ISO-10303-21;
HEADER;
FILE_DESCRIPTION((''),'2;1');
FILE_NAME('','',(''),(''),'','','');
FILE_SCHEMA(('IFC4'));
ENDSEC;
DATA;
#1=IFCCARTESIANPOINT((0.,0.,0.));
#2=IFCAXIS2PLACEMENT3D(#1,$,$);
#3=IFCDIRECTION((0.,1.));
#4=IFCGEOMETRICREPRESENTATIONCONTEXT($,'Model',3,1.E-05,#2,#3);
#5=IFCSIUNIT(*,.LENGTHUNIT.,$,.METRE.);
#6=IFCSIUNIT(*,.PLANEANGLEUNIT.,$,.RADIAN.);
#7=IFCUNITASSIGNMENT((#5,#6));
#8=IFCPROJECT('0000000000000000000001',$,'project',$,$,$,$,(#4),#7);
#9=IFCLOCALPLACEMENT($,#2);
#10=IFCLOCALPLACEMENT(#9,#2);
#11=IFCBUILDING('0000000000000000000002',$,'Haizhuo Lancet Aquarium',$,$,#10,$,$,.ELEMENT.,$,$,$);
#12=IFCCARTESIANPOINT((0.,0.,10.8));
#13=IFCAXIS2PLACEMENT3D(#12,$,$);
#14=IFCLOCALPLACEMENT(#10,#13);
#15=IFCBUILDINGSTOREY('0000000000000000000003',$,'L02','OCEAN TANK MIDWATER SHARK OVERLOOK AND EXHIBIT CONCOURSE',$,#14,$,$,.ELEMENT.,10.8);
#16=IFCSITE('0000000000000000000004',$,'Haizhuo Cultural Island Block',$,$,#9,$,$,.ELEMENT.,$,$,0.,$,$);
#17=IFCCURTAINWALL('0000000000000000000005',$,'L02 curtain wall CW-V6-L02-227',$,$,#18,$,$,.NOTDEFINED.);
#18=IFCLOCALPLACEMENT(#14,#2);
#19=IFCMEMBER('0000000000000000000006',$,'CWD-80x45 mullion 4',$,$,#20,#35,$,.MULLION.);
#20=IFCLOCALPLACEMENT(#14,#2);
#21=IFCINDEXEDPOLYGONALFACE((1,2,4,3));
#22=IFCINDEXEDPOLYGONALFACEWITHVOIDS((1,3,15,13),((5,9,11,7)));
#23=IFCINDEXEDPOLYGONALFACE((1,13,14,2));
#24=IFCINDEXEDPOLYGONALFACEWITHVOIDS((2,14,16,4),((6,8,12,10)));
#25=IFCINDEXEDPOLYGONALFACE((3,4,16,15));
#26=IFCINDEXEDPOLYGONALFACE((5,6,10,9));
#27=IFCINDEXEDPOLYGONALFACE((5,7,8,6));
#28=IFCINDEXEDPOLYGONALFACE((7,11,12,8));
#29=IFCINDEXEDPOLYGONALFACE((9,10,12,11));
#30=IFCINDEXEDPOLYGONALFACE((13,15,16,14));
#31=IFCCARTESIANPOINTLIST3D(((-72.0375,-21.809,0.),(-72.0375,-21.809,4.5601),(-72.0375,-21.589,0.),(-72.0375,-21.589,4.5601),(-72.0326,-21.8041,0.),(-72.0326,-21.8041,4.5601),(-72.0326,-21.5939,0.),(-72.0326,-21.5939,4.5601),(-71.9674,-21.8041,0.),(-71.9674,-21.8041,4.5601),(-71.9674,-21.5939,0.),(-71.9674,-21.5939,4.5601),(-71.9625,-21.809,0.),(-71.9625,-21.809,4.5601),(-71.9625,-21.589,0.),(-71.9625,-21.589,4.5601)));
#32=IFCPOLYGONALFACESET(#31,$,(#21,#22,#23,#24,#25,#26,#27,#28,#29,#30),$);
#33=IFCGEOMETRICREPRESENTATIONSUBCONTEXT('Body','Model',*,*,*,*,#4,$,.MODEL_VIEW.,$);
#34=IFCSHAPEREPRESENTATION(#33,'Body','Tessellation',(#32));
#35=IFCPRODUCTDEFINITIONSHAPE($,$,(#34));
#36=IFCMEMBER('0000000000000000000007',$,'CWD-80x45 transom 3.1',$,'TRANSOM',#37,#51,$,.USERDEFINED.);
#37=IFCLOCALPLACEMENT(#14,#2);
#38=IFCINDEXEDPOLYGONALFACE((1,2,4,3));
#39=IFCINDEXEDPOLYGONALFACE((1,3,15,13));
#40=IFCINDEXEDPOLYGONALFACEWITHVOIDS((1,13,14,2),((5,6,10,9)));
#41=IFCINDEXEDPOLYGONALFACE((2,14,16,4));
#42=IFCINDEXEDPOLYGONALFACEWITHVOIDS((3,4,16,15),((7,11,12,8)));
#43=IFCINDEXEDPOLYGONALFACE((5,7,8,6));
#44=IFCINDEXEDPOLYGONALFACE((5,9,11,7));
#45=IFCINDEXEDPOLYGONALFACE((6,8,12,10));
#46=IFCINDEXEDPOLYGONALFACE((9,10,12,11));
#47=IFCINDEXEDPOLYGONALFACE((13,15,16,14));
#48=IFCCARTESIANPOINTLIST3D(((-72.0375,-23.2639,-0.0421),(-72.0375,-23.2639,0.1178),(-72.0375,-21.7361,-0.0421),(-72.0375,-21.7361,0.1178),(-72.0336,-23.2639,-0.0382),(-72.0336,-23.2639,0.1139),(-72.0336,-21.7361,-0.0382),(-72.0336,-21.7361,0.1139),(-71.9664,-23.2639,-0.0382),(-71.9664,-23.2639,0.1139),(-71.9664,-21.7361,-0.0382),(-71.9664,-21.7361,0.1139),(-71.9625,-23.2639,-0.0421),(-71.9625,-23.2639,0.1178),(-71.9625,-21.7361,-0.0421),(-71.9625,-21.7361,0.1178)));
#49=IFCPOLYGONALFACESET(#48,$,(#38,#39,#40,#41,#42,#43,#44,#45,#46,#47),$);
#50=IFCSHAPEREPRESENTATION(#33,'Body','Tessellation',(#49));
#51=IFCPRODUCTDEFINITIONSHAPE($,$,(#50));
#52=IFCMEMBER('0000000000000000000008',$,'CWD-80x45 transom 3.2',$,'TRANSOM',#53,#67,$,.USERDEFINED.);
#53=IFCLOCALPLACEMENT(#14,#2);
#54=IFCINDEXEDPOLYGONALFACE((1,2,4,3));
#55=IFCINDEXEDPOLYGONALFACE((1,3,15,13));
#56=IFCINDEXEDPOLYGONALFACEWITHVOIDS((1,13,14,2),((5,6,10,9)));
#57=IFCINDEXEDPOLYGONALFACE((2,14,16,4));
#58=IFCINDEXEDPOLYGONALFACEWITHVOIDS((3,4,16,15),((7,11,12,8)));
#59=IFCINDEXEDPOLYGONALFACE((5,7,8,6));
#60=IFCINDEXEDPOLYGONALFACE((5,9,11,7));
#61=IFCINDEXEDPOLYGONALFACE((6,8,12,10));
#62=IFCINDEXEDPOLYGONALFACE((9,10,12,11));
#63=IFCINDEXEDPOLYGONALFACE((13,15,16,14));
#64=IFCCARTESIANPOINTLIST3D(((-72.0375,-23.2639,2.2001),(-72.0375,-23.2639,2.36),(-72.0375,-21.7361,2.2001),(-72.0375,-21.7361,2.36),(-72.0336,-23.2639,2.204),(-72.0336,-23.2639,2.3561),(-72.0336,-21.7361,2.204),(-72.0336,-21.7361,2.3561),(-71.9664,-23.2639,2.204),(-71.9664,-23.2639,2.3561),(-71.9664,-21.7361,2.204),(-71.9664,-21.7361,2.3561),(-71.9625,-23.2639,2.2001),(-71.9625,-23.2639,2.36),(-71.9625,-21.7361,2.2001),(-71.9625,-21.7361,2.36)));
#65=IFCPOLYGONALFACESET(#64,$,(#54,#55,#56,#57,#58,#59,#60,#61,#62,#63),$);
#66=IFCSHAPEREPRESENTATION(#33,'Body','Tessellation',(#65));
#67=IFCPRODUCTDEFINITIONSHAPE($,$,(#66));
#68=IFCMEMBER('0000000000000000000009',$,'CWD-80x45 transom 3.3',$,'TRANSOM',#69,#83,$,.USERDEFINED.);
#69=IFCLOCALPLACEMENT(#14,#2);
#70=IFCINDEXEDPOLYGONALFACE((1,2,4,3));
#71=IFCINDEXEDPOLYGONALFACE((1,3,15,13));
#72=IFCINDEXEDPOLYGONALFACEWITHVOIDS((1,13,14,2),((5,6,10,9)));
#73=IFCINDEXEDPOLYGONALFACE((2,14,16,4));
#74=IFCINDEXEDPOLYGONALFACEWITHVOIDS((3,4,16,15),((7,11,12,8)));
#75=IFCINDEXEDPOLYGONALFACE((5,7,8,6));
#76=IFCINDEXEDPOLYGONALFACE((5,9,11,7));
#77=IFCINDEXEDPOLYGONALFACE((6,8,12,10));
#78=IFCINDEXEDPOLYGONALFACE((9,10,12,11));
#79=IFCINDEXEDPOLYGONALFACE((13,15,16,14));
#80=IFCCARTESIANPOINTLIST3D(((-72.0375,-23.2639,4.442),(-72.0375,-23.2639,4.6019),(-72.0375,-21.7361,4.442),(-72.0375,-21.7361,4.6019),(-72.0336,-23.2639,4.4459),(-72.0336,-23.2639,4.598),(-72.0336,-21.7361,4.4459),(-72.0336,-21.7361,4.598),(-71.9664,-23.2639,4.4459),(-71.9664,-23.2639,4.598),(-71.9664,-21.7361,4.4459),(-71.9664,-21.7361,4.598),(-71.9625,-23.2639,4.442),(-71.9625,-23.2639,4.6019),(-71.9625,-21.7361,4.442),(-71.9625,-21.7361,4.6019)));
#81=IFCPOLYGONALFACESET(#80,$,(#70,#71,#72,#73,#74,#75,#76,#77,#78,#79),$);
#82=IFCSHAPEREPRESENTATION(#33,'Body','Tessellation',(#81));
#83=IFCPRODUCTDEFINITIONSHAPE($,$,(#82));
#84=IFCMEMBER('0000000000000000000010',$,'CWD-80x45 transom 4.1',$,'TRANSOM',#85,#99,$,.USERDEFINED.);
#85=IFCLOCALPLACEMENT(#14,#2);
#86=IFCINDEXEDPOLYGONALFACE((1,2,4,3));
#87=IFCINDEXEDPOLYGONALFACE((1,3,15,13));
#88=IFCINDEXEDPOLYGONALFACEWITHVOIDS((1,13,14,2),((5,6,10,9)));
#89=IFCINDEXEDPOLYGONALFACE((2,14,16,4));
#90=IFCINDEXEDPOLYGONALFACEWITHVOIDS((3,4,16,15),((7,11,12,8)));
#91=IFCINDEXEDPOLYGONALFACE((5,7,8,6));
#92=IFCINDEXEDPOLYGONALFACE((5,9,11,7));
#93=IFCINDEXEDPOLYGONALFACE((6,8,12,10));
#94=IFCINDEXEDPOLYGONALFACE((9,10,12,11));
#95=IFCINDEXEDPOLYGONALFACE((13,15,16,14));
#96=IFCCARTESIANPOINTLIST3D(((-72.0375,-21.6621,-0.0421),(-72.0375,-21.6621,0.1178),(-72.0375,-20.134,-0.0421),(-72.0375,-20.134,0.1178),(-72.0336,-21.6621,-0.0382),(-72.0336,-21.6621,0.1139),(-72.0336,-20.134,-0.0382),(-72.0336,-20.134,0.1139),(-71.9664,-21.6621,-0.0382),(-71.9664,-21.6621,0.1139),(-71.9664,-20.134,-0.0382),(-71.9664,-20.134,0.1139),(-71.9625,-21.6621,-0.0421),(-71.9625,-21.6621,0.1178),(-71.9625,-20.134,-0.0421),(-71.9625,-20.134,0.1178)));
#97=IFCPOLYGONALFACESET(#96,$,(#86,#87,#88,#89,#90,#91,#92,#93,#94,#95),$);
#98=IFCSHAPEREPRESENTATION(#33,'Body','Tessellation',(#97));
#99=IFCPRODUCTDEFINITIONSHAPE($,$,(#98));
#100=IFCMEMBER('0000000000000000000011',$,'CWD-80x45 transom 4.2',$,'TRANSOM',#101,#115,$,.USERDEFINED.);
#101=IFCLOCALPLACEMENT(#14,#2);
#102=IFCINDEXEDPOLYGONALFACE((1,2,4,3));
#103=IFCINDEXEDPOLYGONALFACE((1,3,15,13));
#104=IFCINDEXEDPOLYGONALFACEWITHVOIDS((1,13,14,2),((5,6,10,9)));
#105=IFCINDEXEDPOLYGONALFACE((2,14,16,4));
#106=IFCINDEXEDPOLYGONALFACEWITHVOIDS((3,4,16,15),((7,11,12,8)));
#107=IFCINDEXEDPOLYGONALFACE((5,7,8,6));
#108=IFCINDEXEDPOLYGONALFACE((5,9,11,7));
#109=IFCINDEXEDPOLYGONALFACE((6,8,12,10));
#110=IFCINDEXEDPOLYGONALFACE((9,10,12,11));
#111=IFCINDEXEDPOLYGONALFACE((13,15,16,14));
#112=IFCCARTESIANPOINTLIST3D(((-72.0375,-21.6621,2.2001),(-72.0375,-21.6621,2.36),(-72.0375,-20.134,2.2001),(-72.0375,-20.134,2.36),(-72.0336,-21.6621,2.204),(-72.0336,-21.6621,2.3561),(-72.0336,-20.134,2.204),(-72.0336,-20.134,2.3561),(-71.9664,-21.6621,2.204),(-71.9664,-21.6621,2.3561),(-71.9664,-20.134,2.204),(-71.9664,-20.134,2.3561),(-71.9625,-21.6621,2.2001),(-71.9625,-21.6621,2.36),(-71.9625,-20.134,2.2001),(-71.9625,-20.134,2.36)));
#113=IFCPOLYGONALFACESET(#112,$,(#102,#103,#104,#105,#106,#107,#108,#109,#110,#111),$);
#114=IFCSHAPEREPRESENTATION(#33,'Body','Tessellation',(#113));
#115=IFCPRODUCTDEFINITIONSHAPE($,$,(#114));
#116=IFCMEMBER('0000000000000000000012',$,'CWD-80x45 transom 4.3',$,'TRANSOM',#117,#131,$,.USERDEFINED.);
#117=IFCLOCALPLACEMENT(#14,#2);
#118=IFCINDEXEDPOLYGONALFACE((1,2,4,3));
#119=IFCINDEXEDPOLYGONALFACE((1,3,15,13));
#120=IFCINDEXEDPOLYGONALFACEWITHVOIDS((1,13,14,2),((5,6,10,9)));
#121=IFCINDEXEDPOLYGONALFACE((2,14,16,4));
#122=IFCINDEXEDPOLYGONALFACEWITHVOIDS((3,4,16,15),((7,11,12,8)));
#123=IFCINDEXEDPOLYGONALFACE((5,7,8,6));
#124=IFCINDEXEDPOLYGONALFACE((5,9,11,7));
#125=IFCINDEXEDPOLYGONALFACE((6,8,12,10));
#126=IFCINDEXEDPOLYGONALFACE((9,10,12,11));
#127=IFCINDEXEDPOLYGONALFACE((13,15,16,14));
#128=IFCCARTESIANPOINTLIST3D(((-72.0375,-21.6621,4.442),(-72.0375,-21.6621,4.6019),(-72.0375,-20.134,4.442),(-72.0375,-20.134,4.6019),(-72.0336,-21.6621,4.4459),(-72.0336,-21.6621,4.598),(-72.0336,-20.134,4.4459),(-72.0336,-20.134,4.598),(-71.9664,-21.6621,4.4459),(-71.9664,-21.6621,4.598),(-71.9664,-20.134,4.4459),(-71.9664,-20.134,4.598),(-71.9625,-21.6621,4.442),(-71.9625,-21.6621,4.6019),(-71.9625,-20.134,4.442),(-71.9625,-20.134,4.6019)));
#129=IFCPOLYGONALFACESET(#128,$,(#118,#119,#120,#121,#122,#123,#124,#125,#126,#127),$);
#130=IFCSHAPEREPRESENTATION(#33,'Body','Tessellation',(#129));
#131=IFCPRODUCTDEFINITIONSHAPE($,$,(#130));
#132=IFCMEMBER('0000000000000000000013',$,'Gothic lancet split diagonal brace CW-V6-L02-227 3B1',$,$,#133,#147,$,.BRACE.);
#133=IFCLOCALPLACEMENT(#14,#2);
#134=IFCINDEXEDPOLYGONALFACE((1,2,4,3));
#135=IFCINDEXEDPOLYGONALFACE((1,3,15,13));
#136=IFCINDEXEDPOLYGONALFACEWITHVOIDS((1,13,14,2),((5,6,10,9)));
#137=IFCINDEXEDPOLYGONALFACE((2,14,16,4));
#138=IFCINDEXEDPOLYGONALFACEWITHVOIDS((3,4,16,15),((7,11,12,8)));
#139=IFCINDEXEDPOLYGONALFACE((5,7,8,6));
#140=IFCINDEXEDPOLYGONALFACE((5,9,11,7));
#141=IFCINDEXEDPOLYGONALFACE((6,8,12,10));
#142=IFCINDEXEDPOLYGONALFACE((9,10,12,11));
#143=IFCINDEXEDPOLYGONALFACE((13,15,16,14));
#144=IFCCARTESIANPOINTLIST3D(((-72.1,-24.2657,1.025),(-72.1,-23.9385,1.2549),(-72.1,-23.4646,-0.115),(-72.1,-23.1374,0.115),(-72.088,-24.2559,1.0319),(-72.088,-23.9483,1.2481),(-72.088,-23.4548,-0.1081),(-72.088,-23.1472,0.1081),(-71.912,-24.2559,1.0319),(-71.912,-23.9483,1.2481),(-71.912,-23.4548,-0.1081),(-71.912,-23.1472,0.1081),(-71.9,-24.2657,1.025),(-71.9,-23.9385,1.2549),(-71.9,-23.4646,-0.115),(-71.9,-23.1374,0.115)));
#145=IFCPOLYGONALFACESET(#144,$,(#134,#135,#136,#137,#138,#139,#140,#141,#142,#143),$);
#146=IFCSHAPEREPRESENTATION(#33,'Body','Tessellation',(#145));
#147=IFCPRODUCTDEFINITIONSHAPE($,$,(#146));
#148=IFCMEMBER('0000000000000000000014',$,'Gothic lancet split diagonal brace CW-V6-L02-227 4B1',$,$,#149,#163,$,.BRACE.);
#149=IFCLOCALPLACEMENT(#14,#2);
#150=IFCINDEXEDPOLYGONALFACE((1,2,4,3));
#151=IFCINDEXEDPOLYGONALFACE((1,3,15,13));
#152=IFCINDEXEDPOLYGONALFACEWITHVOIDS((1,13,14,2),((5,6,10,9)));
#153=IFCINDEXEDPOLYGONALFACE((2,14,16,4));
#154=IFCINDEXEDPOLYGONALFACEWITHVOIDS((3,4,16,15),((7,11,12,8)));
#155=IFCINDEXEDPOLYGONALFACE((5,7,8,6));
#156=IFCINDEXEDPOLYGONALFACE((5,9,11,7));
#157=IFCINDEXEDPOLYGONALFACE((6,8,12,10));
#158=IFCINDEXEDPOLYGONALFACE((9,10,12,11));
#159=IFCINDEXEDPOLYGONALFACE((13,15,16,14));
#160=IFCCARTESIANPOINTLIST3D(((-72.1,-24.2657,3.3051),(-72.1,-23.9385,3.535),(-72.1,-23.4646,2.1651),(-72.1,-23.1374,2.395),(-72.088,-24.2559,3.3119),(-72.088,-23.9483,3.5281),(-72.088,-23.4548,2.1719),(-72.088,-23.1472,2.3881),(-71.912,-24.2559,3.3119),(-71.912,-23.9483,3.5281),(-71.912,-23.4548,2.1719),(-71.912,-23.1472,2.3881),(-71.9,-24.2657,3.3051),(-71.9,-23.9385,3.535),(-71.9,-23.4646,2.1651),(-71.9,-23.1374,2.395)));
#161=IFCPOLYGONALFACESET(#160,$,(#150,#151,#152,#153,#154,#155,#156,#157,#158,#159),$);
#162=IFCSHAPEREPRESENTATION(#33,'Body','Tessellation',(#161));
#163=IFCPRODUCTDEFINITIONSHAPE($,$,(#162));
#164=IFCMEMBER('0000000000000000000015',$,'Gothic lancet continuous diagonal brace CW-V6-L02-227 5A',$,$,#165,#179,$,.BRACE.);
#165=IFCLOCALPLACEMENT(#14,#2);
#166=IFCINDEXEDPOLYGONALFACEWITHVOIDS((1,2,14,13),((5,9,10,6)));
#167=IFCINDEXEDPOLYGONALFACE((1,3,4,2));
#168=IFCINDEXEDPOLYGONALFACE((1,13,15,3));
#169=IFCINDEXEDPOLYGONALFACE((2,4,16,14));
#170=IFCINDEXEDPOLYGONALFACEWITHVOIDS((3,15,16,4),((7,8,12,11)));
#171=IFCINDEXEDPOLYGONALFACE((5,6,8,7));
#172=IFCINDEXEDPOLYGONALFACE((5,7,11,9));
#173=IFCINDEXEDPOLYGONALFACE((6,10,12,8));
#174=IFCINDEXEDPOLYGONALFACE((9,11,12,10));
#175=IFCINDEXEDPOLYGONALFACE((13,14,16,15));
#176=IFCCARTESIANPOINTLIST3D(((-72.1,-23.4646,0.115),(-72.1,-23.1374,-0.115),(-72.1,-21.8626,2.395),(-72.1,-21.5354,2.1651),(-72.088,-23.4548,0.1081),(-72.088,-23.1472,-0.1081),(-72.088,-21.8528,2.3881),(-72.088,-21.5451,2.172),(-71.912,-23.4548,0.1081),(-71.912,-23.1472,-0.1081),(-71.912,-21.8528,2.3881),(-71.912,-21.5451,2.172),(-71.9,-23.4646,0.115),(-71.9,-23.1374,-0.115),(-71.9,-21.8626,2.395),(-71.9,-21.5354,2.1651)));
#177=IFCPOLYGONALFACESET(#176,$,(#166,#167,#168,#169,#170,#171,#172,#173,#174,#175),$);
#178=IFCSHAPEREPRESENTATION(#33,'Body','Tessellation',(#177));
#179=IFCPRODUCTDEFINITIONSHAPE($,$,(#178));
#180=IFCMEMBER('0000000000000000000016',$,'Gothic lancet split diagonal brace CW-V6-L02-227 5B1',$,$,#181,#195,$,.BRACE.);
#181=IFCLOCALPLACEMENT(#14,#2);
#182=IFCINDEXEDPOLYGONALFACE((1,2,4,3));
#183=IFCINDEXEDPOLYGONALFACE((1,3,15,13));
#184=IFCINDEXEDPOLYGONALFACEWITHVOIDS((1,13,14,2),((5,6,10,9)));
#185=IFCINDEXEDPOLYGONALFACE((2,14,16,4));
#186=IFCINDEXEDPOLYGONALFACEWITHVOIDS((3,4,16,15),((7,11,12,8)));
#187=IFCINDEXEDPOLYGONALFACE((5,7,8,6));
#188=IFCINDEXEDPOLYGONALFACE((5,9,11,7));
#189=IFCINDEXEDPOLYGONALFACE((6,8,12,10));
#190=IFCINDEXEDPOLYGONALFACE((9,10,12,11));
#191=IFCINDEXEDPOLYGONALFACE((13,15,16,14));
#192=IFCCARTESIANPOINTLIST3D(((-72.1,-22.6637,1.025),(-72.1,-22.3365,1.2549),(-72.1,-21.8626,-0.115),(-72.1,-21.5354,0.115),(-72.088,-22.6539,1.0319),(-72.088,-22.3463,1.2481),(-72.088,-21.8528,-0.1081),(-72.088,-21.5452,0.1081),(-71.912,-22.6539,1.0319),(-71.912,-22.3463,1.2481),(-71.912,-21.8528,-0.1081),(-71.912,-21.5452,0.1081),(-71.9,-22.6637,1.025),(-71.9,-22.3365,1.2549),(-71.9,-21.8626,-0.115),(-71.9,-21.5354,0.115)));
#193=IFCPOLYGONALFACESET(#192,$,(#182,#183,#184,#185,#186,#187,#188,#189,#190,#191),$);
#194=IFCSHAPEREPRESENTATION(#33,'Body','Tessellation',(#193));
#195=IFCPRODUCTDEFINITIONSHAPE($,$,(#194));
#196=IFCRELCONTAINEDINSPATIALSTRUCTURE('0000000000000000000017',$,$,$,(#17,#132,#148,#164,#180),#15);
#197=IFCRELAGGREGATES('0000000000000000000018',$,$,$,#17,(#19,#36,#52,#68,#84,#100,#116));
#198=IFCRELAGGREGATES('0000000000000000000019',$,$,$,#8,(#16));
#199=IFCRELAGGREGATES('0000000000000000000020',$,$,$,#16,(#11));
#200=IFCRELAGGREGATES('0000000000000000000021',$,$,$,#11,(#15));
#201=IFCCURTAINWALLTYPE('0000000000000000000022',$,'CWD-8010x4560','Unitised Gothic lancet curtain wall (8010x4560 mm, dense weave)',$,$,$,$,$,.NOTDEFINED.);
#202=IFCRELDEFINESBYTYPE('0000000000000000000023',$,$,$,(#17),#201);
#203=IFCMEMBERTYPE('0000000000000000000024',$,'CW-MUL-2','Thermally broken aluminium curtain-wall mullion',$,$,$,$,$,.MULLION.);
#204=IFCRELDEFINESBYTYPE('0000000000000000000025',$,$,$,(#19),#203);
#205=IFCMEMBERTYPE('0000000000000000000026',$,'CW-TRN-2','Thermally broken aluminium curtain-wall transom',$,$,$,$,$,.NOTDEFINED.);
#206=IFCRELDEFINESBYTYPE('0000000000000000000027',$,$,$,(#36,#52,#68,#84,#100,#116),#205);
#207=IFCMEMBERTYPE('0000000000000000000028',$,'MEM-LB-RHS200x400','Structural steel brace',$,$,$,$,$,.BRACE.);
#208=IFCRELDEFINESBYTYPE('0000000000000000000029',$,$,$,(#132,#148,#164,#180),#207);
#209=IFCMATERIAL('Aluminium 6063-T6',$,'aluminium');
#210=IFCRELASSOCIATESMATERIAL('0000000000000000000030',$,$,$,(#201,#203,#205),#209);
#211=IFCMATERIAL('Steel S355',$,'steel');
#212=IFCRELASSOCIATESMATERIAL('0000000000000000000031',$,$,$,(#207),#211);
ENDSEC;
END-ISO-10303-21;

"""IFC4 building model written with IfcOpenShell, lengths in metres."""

from ifc_helpers import new_model, si_unit, direction, frame, origin, origin_2d, place, context, subcontext, project, spatial, hollow_rectangle, extrude, material, material_profile, profile_set, type_object, element, aggregate, save


model = new_model("IFC4")

# Units and contexts
model_context = context("Model", 3, precision=1e-05, world=origin(), true_north=direction((0.0, 1.0)))
body_context = subcontext(model_context, "Body", "Model", "MODEL_VIEW")
ifc_project = project(units=[si_unit("LENGTHUNIT", "METRE"), si_unit("PLANEANGLEUNIT", "RADIAN")], contexts=[model_context])

# Site, building, storey
site_placement = place(None, origin())
site = spatial("IfcSite", under=ifc_project, at=site_placement, Name="Haizhuo Cultural Island Block", CompositionType="ELEMENT", RefElevation=0.0)
building_placement = place(site_placement, origin())
building = spatial("IfcBuilding", under=site, at=building_placement, Name="Haizhuo Lancet Aquarium", CompositionType="ELEMENT")
storey_placement = place(building_placement, frame((0.0, 0.0, 10.8)))
storey = spatial("IfcBuildingStorey", under=building, at=storey_placement, Name="L02", Description="OCEAN TANK MIDWATER SHARK OVERLOOK AND EXHIBIT CONCOURSE", CompositionType="ELEMENT", Elevation=10.8)

# Curtain wall, members
ifc_material_1 = material(Name="Aluminium 6063-T6", Category="aluminium")
curtain_wall_type = type_object("IfcCurtainWallType", Name="CWD-8010x4560", Description="Unitised Gothic lancet curtain wall (8010x4560 mm, dense weave)", PredefinedType="NOTDEFINED", material=ifc_material_1)
curtain_wall_placement = place(storey_placement, origin())
curtain_wall = element("IfcCurtainWall", 1, at=curtain_wall_placement, inside=storey, type_object=curtain_wall_type, Name="L02 curtain wall CW-V6-L02-227", PredefinedType="NOTDEFINED")
ifc_material_profile_1 = material_profile(ifc_material_1, hollow_rectangle(XDim=0.075, YDim=0.22, WallThickness=0.0049, at=origin_2d()), Name="ALU-M 75x220x5")
ifc_profile_set_1 = profile_set([ifc_material_profile_1], Name="Aluminium 6063-T6")
member_type_1 = type_object("IfcMemberType", Name="CW-MUL-2", Description="Thermally broken aluminium curtain-wall mullion", PredefinedType="MULLION", material=ifc_profile_set_1)
member_1_placement = place(storey_placement, frame((-72.0, -21.699, 0.0), z_axis=(0.0, 0.0, 1.0), x_axis=(-1.0, 0.0, 0.0)))
member_1 = element("IfcMember", 2, at=member_1_placement, type_object=member_type_1, Name="CWD-80x45 mullion 4", PredefinedType="MULLION", context=body_context, shape_type="SweptSolid", body=[
    extrude(hollow_rectangle(XDim=0.075, YDim=0.22, WallThickness=0.0049, at=origin_2d()), origin(), (0.0, 0.0, 1.0), 4.5601),
])
ifc_material_profile_2 = material_profile(ifc_material_1, hollow_rectangle(XDim=0.075, YDim=0.1599, WallThickness=0.0039, at=origin_2d()), Name="ALU-T 75x160x4")
ifc_profile_set_2 = profile_set([ifc_material_profile_2], Name="Aluminium 6063-T6")
member_type_2 = type_object("IfcMemberType", Name="CW-TRN-2", Description="Thermally broken aluminium curtain-wall transom", PredefinedType="NOTDEFINED", material=ifc_profile_set_2)
member_2_placement = place(storey_placement, frame((-72.0, -23.2639, 0.0378), z_axis=(0.0, 1.0, 0.0), x_axis=(-1.0, 0.0, 0.0)))
member_2 = element("IfcMember", 3, at=member_2_placement, type_object=member_type_2, Name="CWD-80x45 transom 3.1", ObjectType="TRANSOM", PredefinedType="USERDEFINED", context=body_context, shape_type="SweptSolid", body=[
    extrude(hollow_rectangle(XDim=0.075, YDim=0.1599, WallThickness=0.0039, at=origin_2d()), origin(), (0.0, 0.0, 1.0), 1.5278),
])
member_3_placement = place(storey_placement, frame((-72.0, -23.2639, 2.28), z_axis=(0.0, 1.0, 0.0), x_axis=(-1.0, 0.0, 0.0)))
member_3 = element("IfcMember", 4, at=member_3_placement, type_object=member_type_2, Name="CWD-80x45 transom 3.2", ObjectType="TRANSOM", PredefinedType="USERDEFINED", context=body_context, shape_type="SweptSolid", body=[
    extrude(hollow_rectangle(XDim=0.075, YDim=0.1599, WallThickness=0.0039, at=origin_2d()), origin(), (0.0, 0.0, 1.0), 1.5278),
])
member_4_placement = place(storey_placement, frame((-72.0, -23.2639, 4.522), z_axis=(0.0, 1.0, 0.0), x_axis=(-1.0, 0.0, 0.0)))
member_4 = element("IfcMember", 5, at=member_4_placement, type_object=member_type_2, Name="CWD-80x45 transom 3.3", ObjectType="TRANSOM", PredefinedType="USERDEFINED", context=body_context, shape_type="SweptSolid", body=[
    extrude(hollow_rectangle(XDim=0.075, YDim=0.1599, WallThickness=0.0039, at=origin_2d()), origin(), (0.0, 0.0, 1.0), 1.5278),
])
member_5_placement = place(storey_placement, frame((-72.0, -21.6621, 0.0378), z_axis=(0.0, 1.0, 0.0), x_axis=(-1.0, 0.0, 0.0)))
member_5 = element("IfcMember", 6, at=member_5_placement, type_object=member_type_2, Name="CWD-80x45 transom 4.1", ObjectType="TRANSOM", PredefinedType="USERDEFINED", context=body_context, shape_type="SweptSolid", body=[
    extrude(hollow_rectangle(XDim=0.075, YDim=0.1599, WallThickness=0.0039, at=origin_2d()), origin(), (0.0, 0.0, 1.0), 1.5281),
])
member_6_placement = place(storey_placement, frame((-72.0, -21.6621, 2.28), z_axis=(0.0, 1.0, 0.0), x_axis=(-1.0, 0.0, 0.0)))
member_6 = element("IfcMember", 7, at=member_6_placement, type_object=member_type_2, Name="CWD-80x45 transom 4.2", ObjectType="TRANSOM", PredefinedType="USERDEFINED", context=body_context, shape_type="SweptSolid", body=[
    extrude(hollow_rectangle(XDim=0.075, YDim=0.1599, WallThickness=0.0039, at=origin_2d()), origin(), (0.0, 0.0, 1.0), 1.5281),
])
member_7_placement = place(storey_placement, frame((-72.0, -21.6621, 4.522), z_axis=(0.0, 1.0, 0.0), x_axis=(-1.0, 0.0, 0.0)))
member_7 = element("IfcMember", 8, at=member_7_placement, type_object=member_type_2, Name="CWD-80x45 transom 4.3", ObjectType="TRANSOM", PredefinedType="USERDEFINED", context=body_context, shape_type="SweptSolid", body=[
    extrude(hollow_rectangle(XDim=0.075, YDim=0.1599, WallThickness=0.0039, at=origin_2d()), origin(), (0.0, 0.0, 1.0), 1.5281),
])

# Members
ifc_material_2 = material(Name="Steel S355", Category="steel")
ifc_material_profile_3 = material_profile(ifc_material_2, hollow_rectangle(XDim=0.2, YDim=0.3999, WallThickness=0.012, at=origin_2d()), Name="RHS 200x400x12")
ifc_profile_set_3 = profile_set([ifc_material_profile_3], Name="Steel S355")
member_type_3 = type_object("IfcMemberType", Name="MEM-LB-RHS200x400", Description="Structural steel brace", PredefinedType="BRACE", material=ifc_profile_set_3)
for number, where, z_axis, x_axis, name in (
    (9, (-72.0, -23.301, 0.0), (0.0, -0.574955, 0.818185), (1.0, 0.0, 0.0), "Gothic lancet split diagonal brace CW-V6-L02-227 3B1"),
    (10, (-72.0, -23.301, 2.28), (0.0, -0.574955, 0.818185), (1.0, 0.0, 0.0), "Gothic lancet split diagonal brace CW-V6-L02-227 4B1"),
):
    element("IfcMember", number, at=place(storey_placement, frame(where, z_axis=z_axis, x_axis=x_axis)), inside=storey, type_object=member_type_3, Name=name, PredefinedType="BRACE", context=body_context, shape_type="SweptSolid", body=[
        extrude(hollow_rectangle(XDim=0.2, YDim=0.3999, WallThickness=0.012, at=origin_2d()), origin(), (0.0, 0.0, 1.0), 1.3933),
    ])
member_8_placement = place(storey_placement, frame((-72.0, -23.301, 0.0), z_axis=(0.0, 0.574914, 0.818214), x_axis=(-1.0, 0.0, 0.0)))
element("IfcMember", 11, at=member_8_placement, inside=storey, type_object=member_type_3, Name="Gothic lancet continuous diagonal brace CW-V6-L02-227 5A", PredefinedType="BRACE", context=body_context, shape_type="SweptSolid", body=[
    extrude(hollow_rectangle(XDim=0.2, YDim=0.3999, WallThickness=0.012, at=origin_2d()), origin(), (0.0, 0.0, 1.0), 2.7866),
])
for number, where, z_axis, x_axis, name in (
    (12, (-72.0, -21.699, 0.0), (0.0, -0.574955, 0.818185), (1.0, 0.0, 0.0), "Gothic lancet split diagonal brace CW-V6-L02-227 5B1"),
):
    element("IfcMember", number, at=place(storey_placement, frame(where, z_axis=z_axis, x_axis=x_axis)), inside=storey, type_object=member_type_3, Name=name, PredefinedType="BRACE", context=body_context, shape_type="SweptSolid", body=[
        extrude(hollow_rectangle(XDim=0.2, YDim=0.3999, WallThickness=0.012, at=origin_2d()), origin(), (0.0, 0.0, 1.0), 1.3933),
    ])

aggregate(curtain_wall, [member_1, member_2, member_3, member_4, member_5, member_6, member_7])

save(model, "model.ifc")
